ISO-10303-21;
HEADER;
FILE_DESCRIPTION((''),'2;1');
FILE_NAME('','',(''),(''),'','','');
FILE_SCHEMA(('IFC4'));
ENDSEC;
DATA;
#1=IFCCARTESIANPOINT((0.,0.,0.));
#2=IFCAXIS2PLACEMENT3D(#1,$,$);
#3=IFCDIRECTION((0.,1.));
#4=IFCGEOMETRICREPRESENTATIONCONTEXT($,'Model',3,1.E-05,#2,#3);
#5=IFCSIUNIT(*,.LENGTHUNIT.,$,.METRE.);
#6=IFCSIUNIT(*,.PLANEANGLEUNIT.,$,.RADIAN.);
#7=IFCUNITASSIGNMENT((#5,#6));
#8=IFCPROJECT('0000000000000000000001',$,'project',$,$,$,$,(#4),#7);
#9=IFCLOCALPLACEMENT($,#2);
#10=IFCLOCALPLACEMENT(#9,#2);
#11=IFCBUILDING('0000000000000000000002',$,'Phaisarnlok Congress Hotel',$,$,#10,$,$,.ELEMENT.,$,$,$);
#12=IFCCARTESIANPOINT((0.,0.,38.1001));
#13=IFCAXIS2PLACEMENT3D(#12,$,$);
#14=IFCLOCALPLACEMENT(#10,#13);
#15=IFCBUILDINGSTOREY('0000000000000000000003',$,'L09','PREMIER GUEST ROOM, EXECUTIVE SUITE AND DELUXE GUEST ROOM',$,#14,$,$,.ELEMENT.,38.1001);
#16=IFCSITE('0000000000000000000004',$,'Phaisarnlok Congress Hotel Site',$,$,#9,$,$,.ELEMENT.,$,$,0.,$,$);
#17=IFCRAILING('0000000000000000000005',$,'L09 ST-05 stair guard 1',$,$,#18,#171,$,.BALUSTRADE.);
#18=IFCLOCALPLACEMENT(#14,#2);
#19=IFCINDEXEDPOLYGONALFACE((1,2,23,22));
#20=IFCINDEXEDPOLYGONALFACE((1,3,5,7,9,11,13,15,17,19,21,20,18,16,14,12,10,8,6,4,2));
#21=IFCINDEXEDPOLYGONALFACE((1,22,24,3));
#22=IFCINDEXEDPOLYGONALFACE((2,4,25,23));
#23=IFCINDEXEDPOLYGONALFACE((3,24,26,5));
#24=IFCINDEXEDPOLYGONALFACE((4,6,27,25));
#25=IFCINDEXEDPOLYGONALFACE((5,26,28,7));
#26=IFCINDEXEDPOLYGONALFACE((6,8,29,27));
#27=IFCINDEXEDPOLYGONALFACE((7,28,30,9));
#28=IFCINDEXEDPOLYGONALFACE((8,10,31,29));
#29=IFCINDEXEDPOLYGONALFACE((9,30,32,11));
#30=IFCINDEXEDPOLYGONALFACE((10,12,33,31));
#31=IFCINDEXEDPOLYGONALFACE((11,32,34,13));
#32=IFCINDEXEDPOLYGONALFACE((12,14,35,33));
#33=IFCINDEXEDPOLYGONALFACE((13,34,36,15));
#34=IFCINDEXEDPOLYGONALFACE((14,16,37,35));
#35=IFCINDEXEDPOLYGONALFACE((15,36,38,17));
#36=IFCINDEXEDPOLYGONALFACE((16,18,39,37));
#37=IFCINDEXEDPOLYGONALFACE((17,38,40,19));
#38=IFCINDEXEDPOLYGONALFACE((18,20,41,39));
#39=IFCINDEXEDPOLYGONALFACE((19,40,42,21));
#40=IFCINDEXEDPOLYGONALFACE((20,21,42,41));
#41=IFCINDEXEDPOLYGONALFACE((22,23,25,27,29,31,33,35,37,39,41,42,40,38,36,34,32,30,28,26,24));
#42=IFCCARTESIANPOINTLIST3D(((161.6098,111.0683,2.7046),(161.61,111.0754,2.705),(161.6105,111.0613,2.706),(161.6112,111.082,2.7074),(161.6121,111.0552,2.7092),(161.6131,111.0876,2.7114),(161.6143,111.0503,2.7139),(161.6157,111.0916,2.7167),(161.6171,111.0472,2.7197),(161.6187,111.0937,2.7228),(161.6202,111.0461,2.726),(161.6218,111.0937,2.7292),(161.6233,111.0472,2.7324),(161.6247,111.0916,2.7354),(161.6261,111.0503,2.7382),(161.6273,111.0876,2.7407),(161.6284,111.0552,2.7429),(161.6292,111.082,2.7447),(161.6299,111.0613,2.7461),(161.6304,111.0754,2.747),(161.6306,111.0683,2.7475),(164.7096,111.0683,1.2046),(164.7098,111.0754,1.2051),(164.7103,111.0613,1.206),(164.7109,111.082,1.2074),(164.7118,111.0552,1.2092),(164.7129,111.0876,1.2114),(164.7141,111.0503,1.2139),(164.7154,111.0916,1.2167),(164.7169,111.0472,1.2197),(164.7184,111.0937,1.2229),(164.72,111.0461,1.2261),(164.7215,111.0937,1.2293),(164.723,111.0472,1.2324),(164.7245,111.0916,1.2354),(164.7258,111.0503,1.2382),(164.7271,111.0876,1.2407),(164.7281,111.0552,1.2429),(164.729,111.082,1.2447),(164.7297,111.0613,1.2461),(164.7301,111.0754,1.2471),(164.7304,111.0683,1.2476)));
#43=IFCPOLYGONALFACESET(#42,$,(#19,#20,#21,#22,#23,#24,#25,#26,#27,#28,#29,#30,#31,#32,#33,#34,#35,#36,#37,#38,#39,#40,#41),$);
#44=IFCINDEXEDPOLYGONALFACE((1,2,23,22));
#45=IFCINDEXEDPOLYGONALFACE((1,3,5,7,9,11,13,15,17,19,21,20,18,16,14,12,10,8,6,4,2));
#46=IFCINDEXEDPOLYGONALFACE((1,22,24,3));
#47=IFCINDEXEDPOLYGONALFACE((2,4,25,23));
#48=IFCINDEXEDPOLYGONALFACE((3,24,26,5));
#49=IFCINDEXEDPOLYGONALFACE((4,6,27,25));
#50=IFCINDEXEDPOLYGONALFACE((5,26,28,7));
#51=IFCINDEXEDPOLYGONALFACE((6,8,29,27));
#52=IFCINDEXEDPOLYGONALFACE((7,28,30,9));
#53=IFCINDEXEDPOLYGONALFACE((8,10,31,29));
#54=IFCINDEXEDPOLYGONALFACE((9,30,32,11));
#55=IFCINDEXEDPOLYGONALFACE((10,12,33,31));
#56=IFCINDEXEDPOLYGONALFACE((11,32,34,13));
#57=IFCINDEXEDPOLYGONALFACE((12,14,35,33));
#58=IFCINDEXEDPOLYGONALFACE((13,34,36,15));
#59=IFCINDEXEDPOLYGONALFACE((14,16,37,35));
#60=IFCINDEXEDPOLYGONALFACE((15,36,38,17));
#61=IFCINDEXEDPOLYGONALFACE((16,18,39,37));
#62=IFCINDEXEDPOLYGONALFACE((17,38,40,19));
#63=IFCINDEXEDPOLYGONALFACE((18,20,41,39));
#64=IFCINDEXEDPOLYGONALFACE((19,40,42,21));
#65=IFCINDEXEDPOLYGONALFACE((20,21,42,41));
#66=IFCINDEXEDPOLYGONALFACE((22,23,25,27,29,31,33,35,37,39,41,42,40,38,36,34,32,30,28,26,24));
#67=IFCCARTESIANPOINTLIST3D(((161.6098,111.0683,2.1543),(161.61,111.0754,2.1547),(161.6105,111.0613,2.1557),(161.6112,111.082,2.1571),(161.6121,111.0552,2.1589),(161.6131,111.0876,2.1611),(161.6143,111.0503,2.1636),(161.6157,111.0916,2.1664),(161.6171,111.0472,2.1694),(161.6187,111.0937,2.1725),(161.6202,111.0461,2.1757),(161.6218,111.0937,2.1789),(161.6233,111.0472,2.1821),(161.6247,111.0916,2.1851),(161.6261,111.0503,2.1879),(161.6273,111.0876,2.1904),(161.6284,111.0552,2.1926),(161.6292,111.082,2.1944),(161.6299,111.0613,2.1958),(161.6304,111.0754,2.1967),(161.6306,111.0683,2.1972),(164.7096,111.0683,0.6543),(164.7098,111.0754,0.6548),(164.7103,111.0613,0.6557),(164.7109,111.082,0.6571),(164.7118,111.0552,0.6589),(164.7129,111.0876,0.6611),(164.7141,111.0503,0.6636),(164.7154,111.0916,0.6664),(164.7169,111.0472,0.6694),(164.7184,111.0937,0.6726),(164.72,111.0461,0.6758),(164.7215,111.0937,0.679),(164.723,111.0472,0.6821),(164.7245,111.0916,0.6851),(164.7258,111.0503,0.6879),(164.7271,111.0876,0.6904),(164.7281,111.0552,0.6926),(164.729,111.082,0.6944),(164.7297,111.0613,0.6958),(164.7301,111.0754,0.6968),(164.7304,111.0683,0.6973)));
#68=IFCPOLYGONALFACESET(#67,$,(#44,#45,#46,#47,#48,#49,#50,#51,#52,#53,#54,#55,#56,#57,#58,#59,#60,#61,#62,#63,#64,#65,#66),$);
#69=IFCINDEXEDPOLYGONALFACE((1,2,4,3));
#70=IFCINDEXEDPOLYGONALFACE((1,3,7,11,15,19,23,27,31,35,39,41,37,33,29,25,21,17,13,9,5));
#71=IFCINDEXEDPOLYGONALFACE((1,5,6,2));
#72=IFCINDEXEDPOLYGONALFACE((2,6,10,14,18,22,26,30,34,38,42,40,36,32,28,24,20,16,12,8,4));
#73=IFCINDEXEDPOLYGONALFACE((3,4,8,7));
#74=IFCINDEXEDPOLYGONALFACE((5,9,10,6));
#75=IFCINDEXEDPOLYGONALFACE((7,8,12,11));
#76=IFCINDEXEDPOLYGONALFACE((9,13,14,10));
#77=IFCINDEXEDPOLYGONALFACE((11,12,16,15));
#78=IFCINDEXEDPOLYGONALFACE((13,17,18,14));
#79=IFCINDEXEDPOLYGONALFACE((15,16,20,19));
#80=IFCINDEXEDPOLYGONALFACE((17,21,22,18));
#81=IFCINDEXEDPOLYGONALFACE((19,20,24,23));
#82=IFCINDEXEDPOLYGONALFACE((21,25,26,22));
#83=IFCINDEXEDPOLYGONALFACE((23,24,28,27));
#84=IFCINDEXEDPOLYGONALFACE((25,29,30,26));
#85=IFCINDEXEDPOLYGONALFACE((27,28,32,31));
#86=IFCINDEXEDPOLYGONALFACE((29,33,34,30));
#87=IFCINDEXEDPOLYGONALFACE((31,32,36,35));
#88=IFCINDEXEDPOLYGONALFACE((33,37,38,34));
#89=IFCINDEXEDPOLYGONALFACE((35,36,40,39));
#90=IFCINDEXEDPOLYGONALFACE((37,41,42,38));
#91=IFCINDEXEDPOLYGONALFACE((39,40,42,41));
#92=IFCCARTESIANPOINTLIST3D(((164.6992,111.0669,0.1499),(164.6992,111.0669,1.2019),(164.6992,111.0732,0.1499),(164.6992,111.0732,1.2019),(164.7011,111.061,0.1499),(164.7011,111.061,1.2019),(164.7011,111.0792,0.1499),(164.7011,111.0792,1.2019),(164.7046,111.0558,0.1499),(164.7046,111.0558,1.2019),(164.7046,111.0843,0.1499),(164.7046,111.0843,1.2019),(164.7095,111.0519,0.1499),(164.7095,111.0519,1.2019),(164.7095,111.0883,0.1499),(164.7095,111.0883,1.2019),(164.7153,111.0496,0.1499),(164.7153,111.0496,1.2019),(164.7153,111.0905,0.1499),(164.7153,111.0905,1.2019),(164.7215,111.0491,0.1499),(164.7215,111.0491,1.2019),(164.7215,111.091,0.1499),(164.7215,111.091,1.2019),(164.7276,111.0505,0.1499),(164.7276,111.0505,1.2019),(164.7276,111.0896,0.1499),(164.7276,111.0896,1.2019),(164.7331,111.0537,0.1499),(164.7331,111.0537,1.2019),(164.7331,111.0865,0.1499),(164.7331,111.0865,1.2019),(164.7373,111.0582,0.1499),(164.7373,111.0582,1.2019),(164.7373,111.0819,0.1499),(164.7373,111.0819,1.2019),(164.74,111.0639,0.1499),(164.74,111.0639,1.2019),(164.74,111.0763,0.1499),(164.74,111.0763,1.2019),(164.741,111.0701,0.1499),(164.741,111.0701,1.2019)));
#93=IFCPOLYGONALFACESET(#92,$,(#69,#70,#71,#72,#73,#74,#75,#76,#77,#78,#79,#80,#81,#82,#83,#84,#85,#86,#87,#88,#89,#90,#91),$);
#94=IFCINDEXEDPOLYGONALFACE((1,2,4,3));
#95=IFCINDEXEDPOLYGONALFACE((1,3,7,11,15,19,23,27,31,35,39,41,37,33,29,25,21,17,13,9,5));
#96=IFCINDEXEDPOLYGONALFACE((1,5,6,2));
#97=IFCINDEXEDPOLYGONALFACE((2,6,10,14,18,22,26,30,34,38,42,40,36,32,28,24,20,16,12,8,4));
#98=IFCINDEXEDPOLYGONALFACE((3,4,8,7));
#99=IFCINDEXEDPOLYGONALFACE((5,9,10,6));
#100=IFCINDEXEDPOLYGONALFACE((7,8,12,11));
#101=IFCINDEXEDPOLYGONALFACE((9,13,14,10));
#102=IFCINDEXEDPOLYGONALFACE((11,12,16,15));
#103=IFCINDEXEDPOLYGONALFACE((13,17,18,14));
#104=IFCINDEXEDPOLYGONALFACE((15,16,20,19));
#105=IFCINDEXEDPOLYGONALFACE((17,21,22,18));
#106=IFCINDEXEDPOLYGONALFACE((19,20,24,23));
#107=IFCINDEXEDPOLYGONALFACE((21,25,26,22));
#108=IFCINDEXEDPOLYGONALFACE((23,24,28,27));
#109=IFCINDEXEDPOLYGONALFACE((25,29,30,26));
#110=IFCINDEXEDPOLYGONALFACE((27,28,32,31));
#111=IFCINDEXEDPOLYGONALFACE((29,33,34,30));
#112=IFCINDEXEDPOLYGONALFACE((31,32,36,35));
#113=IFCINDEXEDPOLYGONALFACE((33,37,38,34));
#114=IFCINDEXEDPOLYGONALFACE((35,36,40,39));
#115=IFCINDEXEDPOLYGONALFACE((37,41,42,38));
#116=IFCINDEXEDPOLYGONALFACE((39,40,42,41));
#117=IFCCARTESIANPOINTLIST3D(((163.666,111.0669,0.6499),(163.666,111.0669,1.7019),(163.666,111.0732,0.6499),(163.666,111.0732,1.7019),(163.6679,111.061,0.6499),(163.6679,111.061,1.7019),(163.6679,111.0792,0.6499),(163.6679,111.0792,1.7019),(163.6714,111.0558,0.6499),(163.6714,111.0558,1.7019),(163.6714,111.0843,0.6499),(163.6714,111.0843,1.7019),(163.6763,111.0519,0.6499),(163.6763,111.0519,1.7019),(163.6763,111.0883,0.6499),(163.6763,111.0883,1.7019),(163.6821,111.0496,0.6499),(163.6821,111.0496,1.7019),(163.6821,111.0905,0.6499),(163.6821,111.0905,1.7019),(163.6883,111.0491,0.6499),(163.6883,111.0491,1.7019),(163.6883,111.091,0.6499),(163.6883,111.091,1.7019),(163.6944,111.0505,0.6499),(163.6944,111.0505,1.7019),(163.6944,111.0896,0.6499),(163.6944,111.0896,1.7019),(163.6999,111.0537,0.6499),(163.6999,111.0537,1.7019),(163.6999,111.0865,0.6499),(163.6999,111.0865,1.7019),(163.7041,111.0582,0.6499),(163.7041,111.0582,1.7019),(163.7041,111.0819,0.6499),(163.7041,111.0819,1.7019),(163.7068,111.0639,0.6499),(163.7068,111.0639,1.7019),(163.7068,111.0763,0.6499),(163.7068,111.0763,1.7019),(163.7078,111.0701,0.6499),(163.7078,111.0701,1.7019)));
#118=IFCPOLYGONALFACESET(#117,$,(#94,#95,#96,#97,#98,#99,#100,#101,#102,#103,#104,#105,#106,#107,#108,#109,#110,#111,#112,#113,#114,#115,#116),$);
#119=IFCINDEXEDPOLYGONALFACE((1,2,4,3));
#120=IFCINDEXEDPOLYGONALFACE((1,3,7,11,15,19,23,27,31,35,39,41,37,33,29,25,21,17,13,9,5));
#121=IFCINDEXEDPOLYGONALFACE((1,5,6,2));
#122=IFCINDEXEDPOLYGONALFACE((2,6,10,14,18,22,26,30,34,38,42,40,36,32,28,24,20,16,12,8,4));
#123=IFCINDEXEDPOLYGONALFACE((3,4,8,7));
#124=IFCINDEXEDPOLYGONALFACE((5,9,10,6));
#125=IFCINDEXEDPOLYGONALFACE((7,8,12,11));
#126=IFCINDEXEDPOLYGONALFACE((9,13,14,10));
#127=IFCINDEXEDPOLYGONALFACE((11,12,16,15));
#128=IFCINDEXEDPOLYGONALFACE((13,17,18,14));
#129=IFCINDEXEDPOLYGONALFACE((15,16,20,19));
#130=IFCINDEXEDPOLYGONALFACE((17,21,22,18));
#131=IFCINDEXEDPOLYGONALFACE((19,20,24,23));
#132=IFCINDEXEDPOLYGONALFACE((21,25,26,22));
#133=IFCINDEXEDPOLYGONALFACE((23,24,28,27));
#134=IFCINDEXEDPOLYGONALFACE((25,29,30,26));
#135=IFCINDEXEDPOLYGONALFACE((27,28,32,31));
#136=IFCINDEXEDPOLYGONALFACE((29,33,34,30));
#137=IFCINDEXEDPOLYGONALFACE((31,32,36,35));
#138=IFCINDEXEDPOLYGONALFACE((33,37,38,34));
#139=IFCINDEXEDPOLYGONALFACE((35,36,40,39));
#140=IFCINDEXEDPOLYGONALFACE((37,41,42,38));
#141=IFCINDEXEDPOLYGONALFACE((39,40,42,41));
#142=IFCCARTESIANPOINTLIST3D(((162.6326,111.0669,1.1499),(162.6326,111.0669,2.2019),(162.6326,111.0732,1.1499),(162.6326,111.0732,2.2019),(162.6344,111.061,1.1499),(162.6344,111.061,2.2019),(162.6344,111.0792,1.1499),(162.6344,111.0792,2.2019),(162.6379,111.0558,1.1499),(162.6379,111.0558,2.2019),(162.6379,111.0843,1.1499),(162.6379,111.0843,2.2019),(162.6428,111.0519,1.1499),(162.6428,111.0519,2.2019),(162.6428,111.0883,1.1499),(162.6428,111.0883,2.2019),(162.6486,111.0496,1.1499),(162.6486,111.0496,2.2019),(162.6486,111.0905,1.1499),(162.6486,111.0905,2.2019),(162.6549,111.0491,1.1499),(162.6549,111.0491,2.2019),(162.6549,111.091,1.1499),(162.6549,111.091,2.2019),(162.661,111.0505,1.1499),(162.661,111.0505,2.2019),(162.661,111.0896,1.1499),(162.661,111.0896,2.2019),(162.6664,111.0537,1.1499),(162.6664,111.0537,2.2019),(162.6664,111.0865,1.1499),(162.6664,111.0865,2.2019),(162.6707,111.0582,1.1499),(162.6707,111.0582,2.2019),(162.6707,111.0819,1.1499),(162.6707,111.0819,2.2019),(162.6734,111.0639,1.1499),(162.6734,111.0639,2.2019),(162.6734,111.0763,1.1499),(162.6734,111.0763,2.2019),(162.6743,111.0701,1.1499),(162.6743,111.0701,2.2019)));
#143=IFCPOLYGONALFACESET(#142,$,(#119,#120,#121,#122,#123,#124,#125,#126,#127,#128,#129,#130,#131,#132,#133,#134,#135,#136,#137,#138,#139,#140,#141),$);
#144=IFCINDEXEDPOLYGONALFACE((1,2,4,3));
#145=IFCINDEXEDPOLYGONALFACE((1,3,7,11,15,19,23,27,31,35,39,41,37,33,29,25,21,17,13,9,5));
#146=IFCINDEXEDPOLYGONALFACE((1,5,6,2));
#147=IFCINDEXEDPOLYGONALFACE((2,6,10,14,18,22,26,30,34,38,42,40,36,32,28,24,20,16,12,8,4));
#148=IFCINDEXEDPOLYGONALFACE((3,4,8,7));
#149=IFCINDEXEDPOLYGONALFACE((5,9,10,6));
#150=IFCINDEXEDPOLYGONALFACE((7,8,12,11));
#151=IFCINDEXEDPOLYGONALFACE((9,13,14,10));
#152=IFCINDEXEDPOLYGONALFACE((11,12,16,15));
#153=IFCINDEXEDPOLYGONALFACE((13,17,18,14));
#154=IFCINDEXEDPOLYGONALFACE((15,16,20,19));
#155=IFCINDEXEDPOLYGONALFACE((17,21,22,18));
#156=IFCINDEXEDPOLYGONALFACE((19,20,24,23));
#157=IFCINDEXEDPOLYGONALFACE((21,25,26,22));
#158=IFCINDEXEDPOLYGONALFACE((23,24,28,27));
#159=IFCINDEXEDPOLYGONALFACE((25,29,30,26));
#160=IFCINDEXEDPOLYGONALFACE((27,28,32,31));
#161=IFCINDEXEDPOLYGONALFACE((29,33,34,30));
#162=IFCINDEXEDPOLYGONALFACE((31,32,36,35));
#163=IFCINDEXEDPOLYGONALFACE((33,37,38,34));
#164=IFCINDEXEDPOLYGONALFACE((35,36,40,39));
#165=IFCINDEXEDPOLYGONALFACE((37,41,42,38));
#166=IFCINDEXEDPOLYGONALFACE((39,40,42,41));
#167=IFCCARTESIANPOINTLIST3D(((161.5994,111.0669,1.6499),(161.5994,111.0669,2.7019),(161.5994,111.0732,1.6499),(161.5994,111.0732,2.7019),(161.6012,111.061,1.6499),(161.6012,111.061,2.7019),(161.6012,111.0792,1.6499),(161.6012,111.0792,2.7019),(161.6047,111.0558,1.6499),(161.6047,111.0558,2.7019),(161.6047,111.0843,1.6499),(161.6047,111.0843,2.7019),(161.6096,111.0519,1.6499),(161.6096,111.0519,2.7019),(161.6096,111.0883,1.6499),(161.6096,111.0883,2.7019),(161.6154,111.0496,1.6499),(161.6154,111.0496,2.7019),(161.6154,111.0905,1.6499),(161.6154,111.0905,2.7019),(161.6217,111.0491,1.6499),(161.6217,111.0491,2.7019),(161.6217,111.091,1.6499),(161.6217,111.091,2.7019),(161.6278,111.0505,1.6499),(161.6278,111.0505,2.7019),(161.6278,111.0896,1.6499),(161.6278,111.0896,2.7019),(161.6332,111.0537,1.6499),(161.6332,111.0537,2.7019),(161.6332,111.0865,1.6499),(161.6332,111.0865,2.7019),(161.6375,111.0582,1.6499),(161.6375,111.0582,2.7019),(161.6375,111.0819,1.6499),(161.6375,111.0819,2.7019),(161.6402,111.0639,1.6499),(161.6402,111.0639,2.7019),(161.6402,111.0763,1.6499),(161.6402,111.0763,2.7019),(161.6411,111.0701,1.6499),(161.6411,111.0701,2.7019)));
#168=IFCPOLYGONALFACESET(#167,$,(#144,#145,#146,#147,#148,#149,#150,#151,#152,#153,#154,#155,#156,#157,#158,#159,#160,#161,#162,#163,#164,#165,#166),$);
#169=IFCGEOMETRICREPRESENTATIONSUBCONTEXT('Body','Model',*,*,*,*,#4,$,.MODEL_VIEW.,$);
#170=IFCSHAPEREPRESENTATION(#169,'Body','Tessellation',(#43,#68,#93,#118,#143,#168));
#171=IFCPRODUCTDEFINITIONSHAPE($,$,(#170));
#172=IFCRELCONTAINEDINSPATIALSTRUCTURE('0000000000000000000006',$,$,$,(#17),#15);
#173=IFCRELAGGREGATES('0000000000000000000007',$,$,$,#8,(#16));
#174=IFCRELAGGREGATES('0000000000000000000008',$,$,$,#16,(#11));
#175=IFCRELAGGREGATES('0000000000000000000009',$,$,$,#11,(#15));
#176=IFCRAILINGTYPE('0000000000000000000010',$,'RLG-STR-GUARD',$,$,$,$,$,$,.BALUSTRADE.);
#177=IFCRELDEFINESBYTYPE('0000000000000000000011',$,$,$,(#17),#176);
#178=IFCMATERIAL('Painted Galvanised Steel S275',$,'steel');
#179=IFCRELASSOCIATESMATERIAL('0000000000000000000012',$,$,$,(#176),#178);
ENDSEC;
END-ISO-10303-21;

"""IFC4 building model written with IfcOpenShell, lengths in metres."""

from ifc_helpers import new_model, si_unit, direction, frame, origin, origin_2d, place, context, subcontext, project, spatial, circle, extrude, material, type_object, element, save


model = new_model("IFC4")

# Units and contexts
model_context = context("Model", 3, precision=1e-05, world=origin(), true_north=direction((0.0, 1.0)))
body_context = subcontext(model_context, "Body", "Model", "MODEL_VIEW")
ifc_project = project(units=[si_unit("LENGTHUNIT", "METRE"), si_unit("PLANEANGLEUNIT", "RADIAN")], contexts=[model_context])

# Site, building, storey
site_placement = place(None, origin())
site = spatial("IfcSite", under=ifc_project, at=site_placement, Name="Phaisarnlok Congress Hotel Site", CompositionType="ELEMENT", RefElevation=0.0)
building_placement = place(site_placement, origin())
building = spatial("IfcBuilding", under=site, at=building_placement, Name="Phaisarnlok Congress Hotel", CompositionType="ELEMENT")
storey_placement = place(building_placement, frame((0.0, 0.0, 38.1001)))
storey = spatial("IfcBuildingStorey", under=building, at=storey_placement, Name="L09", Description="PREMIER GUEST ROOM, EXECUTIVE SUITE AND DELUXE GUEST ROOM", CompositionType="ELEMENT", Elevation=38.1001)

# Railing
ifc_material_1 = material(Name="Painted Galvanised Steel S275", Category="steel")
railing_type_1 = type_object("IfcRailingType", Name="RLG-STR-GUARD", PredefinedType="BALUSTRADE", material=ifc_material_1)
railing_1_placement = place(storey_placement, frame((164.72, 111.0701, 0.1499)))
element("IfcRailing", 1, at=railing_1_placement, inside=storey, type_object=railing_type_1, Name="L09 ST-05 stair guard 1", PredefinedType="BALUSTRADE", context=body_context, shape_type="SweptSolid", body=[
    extrude(circle(Radius=0.0239, at=origin_2d()), frame((0.0, 0.0, 1.0762), z_axis=(-0.900151, 0.0, 0.435578), x_axis=(0.0, -1.0, 0.0)), (0.0, 0.0, 1.0), 3.4436),
    extrude(circle(Radius=0.0239, at=origin_2d()), frame((0.0, 0.0, 0.5259), z_axis=(-0.900151, 0.0, 0.435578), x_axis=(0.0, -1.0, 0.0)), (0.0, 0.0, 1.0), 3.4436),
    extrude(circle(Radius=0.021, at=origin_2d()), origin(), (0.0, 0.0, 1.0), 1.052),
    extrude(circle(Radius=0.021, at=origin_2d()), frame((-1.0332, 0.0, 0.5)), (0.0, 0.0, 1.0), 1.052),
    extrude(circle(Radius=0.021, at=origin_2d()), frame((-2.0667, 0.0, 1.0)), (0.0, 0.0, 1.0), 1.052),
    extrude(circle(Radius=0.021, at=origin_2d()), frame((-3.0999, 0.0, 1.5)), (0.0, 0.0, 1.0), 1.052),
])

save(model, "model.ifc")
